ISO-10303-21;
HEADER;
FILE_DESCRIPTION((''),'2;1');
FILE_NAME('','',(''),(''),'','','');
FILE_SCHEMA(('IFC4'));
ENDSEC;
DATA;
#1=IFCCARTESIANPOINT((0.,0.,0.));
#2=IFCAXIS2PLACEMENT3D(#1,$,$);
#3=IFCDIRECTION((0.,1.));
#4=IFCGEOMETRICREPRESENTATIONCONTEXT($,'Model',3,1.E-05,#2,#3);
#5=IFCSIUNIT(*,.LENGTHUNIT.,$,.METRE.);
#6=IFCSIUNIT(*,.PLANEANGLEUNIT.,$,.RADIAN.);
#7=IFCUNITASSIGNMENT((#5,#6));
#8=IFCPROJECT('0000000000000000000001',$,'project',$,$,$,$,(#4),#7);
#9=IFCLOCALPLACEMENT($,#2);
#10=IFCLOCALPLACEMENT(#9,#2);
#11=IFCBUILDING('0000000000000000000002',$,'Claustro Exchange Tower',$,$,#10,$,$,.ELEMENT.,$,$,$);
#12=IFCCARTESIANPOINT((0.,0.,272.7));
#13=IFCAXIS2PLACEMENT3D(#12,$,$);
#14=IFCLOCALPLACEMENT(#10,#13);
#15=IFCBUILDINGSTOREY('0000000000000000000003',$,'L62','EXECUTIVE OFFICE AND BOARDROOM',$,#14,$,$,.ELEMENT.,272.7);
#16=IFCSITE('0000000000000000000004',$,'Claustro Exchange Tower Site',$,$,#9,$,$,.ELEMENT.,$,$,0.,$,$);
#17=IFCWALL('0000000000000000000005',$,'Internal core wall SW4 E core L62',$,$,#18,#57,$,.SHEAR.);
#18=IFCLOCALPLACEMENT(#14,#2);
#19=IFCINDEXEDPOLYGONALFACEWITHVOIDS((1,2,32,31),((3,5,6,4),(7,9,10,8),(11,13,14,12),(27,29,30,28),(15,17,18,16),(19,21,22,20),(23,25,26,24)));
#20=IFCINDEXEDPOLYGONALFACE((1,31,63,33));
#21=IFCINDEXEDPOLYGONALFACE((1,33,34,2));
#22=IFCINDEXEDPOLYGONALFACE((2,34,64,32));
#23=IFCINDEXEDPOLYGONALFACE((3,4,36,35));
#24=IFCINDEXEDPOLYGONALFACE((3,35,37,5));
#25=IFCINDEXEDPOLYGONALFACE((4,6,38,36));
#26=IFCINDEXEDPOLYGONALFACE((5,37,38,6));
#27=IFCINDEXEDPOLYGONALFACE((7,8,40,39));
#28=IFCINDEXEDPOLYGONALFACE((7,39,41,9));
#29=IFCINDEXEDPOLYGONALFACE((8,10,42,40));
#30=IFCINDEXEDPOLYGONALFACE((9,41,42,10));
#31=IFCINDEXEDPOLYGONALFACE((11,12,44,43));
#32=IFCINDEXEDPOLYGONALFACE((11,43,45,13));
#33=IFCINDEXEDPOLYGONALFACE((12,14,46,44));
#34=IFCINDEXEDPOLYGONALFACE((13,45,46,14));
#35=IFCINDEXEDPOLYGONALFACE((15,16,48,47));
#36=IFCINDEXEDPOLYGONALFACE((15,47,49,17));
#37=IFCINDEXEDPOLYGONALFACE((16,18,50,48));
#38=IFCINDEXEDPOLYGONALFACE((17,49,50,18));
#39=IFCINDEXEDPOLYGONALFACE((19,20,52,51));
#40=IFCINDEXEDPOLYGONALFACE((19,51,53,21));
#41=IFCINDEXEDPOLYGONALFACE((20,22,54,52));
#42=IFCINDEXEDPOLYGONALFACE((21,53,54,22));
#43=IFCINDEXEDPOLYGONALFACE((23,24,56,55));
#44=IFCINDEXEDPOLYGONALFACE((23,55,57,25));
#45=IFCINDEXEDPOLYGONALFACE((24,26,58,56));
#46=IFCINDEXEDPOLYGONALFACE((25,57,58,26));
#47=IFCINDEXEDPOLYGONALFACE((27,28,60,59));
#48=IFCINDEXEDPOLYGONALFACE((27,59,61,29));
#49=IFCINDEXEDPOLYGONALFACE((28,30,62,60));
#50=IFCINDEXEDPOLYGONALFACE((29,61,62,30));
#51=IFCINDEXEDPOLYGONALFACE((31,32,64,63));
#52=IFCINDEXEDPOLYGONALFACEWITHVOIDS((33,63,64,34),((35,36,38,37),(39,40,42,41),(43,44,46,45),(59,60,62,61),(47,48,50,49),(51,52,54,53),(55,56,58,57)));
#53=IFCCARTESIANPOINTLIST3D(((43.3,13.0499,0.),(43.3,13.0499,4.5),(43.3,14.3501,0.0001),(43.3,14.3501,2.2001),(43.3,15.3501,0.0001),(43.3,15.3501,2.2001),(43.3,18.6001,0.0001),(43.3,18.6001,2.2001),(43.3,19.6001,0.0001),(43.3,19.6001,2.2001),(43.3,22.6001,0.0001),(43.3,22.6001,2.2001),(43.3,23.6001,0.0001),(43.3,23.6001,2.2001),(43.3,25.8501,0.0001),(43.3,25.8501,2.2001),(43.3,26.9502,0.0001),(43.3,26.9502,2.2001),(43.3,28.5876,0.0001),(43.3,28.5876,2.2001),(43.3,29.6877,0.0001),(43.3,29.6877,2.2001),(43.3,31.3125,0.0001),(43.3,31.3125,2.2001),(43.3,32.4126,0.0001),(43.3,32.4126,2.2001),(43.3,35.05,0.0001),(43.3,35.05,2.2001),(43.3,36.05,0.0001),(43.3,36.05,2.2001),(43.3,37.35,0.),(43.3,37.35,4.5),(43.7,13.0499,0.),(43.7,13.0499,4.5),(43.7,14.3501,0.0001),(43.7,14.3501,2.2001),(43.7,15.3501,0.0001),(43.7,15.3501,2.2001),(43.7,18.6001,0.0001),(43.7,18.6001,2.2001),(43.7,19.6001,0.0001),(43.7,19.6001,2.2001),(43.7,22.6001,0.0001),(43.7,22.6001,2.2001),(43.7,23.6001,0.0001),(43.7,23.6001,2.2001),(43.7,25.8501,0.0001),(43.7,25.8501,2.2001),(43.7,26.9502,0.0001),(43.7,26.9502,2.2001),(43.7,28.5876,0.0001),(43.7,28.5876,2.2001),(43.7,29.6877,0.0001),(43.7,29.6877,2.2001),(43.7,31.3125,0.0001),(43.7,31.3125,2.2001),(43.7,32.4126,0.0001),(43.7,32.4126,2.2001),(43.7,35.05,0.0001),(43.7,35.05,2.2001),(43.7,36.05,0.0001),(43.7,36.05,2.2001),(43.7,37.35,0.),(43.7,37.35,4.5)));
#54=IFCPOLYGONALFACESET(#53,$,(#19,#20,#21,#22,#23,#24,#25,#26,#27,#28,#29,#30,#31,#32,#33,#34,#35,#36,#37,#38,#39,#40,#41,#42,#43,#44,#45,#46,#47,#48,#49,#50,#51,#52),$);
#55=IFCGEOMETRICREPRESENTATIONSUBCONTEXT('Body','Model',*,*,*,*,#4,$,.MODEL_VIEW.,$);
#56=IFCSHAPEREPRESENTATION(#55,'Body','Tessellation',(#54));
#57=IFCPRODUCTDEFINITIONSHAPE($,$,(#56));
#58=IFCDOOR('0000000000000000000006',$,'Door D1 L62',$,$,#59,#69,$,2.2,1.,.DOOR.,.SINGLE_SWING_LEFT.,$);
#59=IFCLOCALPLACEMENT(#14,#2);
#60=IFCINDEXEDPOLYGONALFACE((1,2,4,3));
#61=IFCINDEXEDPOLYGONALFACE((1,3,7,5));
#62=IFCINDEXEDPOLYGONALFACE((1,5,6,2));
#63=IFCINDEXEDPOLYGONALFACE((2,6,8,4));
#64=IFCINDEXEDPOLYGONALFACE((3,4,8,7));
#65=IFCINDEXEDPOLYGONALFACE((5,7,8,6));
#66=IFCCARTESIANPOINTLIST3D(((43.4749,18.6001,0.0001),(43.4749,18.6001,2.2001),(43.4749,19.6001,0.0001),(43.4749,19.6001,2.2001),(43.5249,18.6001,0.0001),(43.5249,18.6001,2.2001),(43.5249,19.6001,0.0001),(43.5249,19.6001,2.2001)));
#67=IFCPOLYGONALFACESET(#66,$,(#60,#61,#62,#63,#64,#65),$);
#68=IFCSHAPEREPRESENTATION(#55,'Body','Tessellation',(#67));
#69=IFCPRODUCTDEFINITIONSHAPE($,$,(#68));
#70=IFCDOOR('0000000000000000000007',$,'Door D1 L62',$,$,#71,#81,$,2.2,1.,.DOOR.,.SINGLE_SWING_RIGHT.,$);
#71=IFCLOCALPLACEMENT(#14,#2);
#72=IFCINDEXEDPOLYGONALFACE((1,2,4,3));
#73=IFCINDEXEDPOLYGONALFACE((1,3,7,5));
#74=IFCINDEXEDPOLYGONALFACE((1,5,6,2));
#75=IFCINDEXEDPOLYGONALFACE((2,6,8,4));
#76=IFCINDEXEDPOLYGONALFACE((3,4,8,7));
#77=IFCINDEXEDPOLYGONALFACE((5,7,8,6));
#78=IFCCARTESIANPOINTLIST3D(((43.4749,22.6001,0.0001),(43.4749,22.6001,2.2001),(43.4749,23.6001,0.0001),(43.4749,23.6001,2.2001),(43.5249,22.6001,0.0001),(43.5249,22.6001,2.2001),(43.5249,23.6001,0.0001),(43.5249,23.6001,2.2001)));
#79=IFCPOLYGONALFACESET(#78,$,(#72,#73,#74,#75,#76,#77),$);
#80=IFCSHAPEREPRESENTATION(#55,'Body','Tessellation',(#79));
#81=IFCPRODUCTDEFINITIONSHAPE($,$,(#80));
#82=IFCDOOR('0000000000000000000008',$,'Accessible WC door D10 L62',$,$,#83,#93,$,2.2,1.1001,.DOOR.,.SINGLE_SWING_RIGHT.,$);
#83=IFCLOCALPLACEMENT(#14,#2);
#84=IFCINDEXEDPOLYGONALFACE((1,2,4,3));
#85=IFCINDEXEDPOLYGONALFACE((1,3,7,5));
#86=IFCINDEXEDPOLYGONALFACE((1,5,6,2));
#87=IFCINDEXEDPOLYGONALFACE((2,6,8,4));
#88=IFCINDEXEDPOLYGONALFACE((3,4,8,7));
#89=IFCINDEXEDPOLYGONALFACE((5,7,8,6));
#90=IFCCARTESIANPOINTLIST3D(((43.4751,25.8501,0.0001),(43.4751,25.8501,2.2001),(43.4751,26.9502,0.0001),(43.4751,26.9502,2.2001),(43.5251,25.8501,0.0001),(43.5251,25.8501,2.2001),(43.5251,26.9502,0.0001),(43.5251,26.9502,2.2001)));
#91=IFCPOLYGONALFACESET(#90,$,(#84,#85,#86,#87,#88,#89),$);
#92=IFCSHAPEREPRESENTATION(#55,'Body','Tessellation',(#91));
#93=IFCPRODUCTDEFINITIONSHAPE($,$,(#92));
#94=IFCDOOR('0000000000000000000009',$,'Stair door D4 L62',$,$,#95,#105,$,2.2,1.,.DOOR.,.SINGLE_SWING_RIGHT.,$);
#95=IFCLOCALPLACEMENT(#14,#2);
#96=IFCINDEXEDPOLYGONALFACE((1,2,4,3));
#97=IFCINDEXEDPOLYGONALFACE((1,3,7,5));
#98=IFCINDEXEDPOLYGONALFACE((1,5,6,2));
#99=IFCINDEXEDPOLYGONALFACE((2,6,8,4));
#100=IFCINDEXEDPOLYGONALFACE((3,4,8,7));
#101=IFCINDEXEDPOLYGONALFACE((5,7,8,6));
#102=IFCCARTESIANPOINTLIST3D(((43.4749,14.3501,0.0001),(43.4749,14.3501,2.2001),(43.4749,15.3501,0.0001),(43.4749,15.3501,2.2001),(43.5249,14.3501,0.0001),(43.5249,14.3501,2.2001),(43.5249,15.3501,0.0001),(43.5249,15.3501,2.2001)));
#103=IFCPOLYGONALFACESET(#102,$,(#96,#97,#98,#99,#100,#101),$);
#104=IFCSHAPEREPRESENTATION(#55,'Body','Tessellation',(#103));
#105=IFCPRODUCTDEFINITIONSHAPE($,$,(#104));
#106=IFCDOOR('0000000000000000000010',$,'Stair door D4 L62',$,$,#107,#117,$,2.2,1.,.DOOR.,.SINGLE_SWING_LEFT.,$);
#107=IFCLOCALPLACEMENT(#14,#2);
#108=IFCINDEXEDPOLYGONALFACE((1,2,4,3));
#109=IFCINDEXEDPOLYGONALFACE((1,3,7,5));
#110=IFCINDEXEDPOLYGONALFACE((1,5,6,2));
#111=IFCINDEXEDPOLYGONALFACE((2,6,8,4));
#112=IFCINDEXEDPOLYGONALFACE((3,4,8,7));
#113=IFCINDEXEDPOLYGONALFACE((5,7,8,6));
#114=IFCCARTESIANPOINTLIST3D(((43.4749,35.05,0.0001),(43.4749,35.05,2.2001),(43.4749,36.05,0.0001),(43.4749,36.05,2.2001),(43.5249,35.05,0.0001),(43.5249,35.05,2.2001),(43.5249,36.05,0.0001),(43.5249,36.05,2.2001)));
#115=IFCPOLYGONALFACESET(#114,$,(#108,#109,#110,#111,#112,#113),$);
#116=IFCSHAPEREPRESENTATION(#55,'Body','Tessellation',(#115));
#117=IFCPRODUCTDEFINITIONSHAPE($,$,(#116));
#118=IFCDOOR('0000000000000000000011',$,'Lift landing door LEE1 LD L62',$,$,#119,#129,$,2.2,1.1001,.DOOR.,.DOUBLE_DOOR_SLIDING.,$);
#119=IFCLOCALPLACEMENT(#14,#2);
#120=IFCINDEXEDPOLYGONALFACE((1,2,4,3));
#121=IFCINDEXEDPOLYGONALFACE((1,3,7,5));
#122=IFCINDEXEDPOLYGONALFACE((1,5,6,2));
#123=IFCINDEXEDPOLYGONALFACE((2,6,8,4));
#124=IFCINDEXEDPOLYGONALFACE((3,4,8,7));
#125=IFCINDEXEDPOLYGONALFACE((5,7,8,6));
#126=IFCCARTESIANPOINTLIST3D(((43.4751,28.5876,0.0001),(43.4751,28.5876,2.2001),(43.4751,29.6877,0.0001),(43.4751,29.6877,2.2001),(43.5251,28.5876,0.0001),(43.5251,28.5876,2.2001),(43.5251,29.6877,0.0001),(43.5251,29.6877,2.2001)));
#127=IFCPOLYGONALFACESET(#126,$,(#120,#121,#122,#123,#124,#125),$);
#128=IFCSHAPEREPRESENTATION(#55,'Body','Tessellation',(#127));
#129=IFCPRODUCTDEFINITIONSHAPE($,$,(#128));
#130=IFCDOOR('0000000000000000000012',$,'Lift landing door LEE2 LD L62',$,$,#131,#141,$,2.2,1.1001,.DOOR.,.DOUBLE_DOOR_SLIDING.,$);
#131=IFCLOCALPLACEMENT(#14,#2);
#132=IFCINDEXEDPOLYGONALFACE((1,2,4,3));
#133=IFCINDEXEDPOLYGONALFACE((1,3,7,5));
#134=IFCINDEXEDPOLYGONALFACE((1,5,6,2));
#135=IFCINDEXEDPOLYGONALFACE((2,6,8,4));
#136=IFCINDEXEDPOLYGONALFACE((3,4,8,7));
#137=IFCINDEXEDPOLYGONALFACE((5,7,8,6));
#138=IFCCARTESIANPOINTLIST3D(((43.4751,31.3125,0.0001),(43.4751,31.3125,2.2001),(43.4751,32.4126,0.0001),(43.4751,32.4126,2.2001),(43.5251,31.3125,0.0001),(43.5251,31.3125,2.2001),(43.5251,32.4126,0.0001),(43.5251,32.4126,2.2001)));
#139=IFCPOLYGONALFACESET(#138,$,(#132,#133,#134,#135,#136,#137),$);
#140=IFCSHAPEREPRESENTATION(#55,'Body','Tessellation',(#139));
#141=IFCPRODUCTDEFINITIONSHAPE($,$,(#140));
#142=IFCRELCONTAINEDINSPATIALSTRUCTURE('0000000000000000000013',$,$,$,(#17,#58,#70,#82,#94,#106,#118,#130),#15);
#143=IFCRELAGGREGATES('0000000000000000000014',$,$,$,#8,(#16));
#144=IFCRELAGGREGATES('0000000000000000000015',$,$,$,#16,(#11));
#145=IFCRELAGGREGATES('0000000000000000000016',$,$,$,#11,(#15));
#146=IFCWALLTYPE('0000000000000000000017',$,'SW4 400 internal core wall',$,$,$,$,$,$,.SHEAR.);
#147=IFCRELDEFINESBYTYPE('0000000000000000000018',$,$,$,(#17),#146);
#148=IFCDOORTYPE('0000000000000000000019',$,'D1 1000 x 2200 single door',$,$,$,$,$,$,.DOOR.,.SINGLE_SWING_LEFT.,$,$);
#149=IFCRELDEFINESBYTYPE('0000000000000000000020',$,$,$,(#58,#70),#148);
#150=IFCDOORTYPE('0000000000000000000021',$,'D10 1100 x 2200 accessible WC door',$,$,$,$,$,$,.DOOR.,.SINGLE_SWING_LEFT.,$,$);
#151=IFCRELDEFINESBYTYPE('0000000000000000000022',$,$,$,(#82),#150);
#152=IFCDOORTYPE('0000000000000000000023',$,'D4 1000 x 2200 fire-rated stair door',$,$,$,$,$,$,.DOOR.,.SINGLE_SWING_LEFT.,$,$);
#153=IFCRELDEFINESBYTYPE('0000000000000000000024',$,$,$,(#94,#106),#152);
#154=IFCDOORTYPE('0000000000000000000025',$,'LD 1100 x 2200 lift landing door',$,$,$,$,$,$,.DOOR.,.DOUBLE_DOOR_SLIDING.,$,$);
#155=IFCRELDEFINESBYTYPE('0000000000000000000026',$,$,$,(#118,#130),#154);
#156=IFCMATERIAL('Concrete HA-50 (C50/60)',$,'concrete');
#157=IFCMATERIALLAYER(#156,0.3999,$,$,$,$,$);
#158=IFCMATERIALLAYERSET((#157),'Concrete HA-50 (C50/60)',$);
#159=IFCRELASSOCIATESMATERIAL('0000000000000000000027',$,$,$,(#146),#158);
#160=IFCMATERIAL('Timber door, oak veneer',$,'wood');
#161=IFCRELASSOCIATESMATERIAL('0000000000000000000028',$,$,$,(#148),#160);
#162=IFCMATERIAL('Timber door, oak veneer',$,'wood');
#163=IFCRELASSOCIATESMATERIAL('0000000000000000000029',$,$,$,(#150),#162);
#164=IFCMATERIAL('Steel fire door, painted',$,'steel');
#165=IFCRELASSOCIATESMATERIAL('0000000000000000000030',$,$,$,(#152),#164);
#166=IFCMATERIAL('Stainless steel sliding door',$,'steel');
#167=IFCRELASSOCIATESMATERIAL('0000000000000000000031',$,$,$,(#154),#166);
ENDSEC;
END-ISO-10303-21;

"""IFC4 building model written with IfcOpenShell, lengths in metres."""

from ifc_helpers import new_model, si_unit, direction, frame, frame_2d, origin, place, context, subcontext, project, spatial, rectangle, extrude, material, layer, layer_set, type_object, element, fill, save


model = new_model("IFC4")

# Units and contexts
model_context = context("Model", 3, precision=1e-05, world=origin(), true_north=direction((0.0, 1.0)))
body_context = subcontext(model_context, "Body", "Model", "MODEL_VIEW")
ifc_project = project(units=[si_unit("LENGTHUNIT", "METRE"), si_unit("PLANEANGLEUNIT", "RADIAN")], contexts=[model_context])

# Site, building, storey
site_placement = place(None, origin())
site = spatial("IfcSite", under=ifc_project, at=site_placement, Name="Claustro Exchange Tower Site", CompositionType="ELEMENT", RefElevation=0.0)
building_placement = place(site_placement, origin())
building = spatial("IfcBuilding", under=site, at=building_placement, Name="Claustro Exchange Tower", CompositionType="ELEMENT")
storey_placement = place(building_placement, frame((0.0, 0.0, 272.7)))
storey = spatial("IfcBuildingStorey", under=building, at=storey_placement, Name="L62", Description="EXECUTIVE OFFICE AND BOARDROOM", CompositionType="ELEMENT", Elevation=272.7)

# Wall, openings, doors
ifc_material_1 = material(Name="Concrete HA-50 (C50/60)", Category="concrete")
ifc_layer_1 = layer(ifc_material_1, 0.3999)
ifc_layer_set_1 = layer_set([ifc_layer_1], Name="Concrete HA-50 (C50/60)")
wall_type_1 = type_object("IfcWallType", Name="SW4 400 internal core wall", PredefinedType="SHEAR", material=ifc_layer_set_1)
wall_1_placement = place(storey_placement, frame((43.5, 13.05, 0.0), z_axis=(0.0, 0.0, 1.0), x_axis=(0.0, 1.0, 0.0)))
wall_1 = element("IfcWall", 1, at=wall_1_placement, inside=storey, type_object=wall_type_1, Name="Internal core wall SW4 E core L62", PredefinedType="SHEAR", context=body_context, shape_type="SweptSolid", body=[
    extrude(rectangle(XDim=24.3, YDim=0.3999, at=frame_2d((12.1499, 0.0))), origin(), (0.0, 0.0, 1.0), 4.5),
])
opening_1_placement = place(wall_1_placement, frame((1.3, 0.0, 0.0)))
opening_1 = element("IfcOpeningElement", 2, at=opening_1_placement, cuts=wall_1, PredefinedType="OPENING", context=body_context, shape_type="SweptSolid", body=[
    extrude(rectangle(XDim=1.0, YDim=2.2, at=frame_2d((0.5, 1.1001))), frame((0.0, 0.21, 0.0), z_axis=(0.0, -1.0, 0.0), x_axis=(1.0, 0.0, 0.0)), (0.0, 0.0, 1.0), 0.4199),
])
opening_2_placement = place(wall_1_placement, frame((22.0, 0.0, 0.0)))
opening_2 = element("IfcOpeningElement", 3, at=opening_2_placement, cuts=wall_1, PredefinedType="OPENING", context=body_context, shape_type="SweptSolid", body=[
    extrude(rectangle(XDim=1.0, YDim=2.2, at=frame_2d((0.5, 1.1001))), frame((0.0, 0.21, 0.0), z_axis=(0.0, -1.0, 0.0), x_axis=(1.0, 0.0, 0.0)), (0.0, 0.0, 1.0), 0.4199),
])
opening_3_placement = place(wall_1_placement, frame((5.55, 0.0, 0.0)))
opening_3 = element("IfcOpeningElement", 4, at=opening_3_placement, cuts=wall_1, PredefinedType="OPENING", context=body_context, shape_type="SweptSolid", body=[
    extrude(rectangle(XDim=1.0, YDim=2.2, at=frame_2d((0.5, 1.1001))), frame((0.0, 0.21, 0.0), z_axis=(0.0, -1.0, 0.0), x_axis=(1.0, 0.0, 0.0)), (0.0, 0.0, 1.0), 0.4199),
])
opening_4_placement = place(wall_1_placement, frame((9.55, 0.0, 0.0)))
opening_4 = element("IfcOpeningElement", 5, at=opening_4_placement, cuts=wall_1, PredefinedType="OPENING", context=body_context, shape_type="SweptSolid", body=[
    extrude(rectangle(XDim=1.0, YDim=2.2, at=frame_2d((0.5, 1.1001))), frame((0.0, 0.21, 0.0), z_axis=(0.0, -1.0, 0.0), x_axis=(1.0, 0.0, 0.0)), (0.0, 0.0, 1.0), 0.4199),
])
opening_5_placement = place(wall_1_placement, frame((12.8, 0.0, 0.0)))
opening_5 = element("IfcOpeningElement", 6, at=opening_5_placement, cuts=wall_1, PredefinedType="OPENING", context=body_context, shape_type="SweptSolid", body=[
    extrude(rectangle(XDim=1.1001, YDim=2.2, at=frame_2d((0.55, 1.1001))), frame((0.0, 0.21, 0.0), z_axis=(0.0, -1.0, 0.0), x_axis=(1.0, 0.0, 0.0)), (0.0, 0.0, 1.0), 0.4199),
])
opening_6_placement = place(wall_1_placement, frame((15.5376, 0.0, 0.0)))
opening_6 = element("IfcOpeningElement", 7, at=opening_6_placement, cuts=wall_1, PredefinedType="OPENING", context=body_context, shape_type="SweptSolid", body=[
    extrude(rectangle(XDim=1.1001, YDim=2.2, at=frame_2d((0.55, 1.1001))), frame((0.0, 0.21, 0.0), z_axis=(0.0, -1.0, 0.0), x_axis=(1.0, 0.0, 0.0)), (0.0, 0.0, 1.0), 0.4199),
])
opening_7_placement = place(wall_1_placement, frame((18.2625, 0.0, 0.0)))
opening_7 = element("IfcOpeningElement", 8, at=opening_7_placement, cuts=wall_1, PredefinedType="OPENING", context=body_context, shape_type="SweptSolid", body=[
    extrude(rectangle(XDim=1.1001, YDim=2.2, at=frame_2d((0.55, 1.1001))), frame((0.0, 0.21, 0.0), z_axis=(0.0, -1.0, 0.0), x_axis=(1.0, 0.0, 0.0)), (0.0, 0.0, 1.0), 0.4199),
])
ifc_material_2 = material(Name="Timber door, oak veneer", Category="wood")
door_type_1 = type_object("IfcDoorType", Name="D1 1000 x 2200 single door", OperationType="SINGLE_SWING_LEFT", PredefinedType="DOOR", material=ifc_material_2)
door_1_placement = place(opening_3_placement, frame((1.0, 0.0, 0.0), z_axis=(0.0, 0.0, 1.0), x_axis=(-1.0, 0.0, 0.0)))
door_1 = element("IfcDoor", 9, at=door_1_placement, inside=storey, type_object=door_type_1, Name="Door D1 L62", OperationType="SINGLE_SWING_LEFT", OverallHeight=2.2, OverallWidth=1.0, PredefinedType="DOOR", context=body_context, shape_type="SweptSolid", body=[
    extrude(rectangle(XDim=1.0, YDim=2.2, at=frame_2d((0.5, 1.1001))), frame((0.0, 0.0249, 0.0), z_axis=(0.0, -1.0, 0.0), x_axis=(1.0, 0.0, 0.0)), (0.0, 0.0, 1.0), 0.05),
])
fill(opening_3, door_1)
door_2_placement = place(opening_4_placement, frame((1.0, 0.0, 0.0), z_axis=(0.0, 0.0, 1.0), x_axis=(-1.0, 0.0, 0.0)))
door_2 = element("IfcDoor", 10, at=door_2_placement, inside=storey, type_object=door_type_1, Name="Door D1 L62", OperationType="SINGLE_SWING_RIGHT", OverallHeight=2.2, OverallWidth=1.0, PredefinedType="DOOR", context=body_context, shape_type="SweptSolid", body=[
    extrude(rectangle(XDim=1.0, YDim=2.2, at=frame_2d((0.5, 1.1001))), frame((0.0, 0.0249, 0.0), z_axis=(0.0, -1.0, 0.0), x_axis=(1.0, 0.0, 0.0)), (0.0, 0.0, 1.0), 0.05),
])
fill(opening_4, door_2)
ifc_material_3 = material(Name="Timber door, oak veneer", Category="wood")
door_type_2 = type_object("IfcDoorType", Name="D10 1100 x 2200 accessible WC door", OperationType="SINGLE_SWING_LEFT", PredefinedType="DOOR", material=ifc_material_3)
door_3_placement = place(opening_5_placement, origin())
door_3 = element("IfcDoor", 11, at=door_3_placement, inside=storey, type_object=door_type_2, Name="Accessible WC door D10 L62", OperationType="SINGLE_SWING_RIGHT", OverallHeight=2.2, OverallWidth=1.1001, PredefinedType="DOOR", context=body_context, shape_type="SweptSolid", body=[
    extrude(rectangle(XDim=1.1001, YDim=2.2, at=frame_2d((0.55, 1.1001))), frame((0.0, 0.0249, 0.0), z_axis=(0.0, -1.0, 0.0), x_axis=(1.0, 0.0, 0.0)), (0.0, 0.0, 1.0), 0.05),
])
fill(opening_5, door_3)
ifc_material_4 = material(Name="Steel fire door, painted", Category="steel")
door_type_3 = type_object("IfcDoorType", Name="D4 1000 x 2200 fire-rated stair door", OperationType="SINGLE_SWING_LEFT", PredefinedType="DOOR", material=ifc_material_4)
door_4_placement = place(opening_1_placement, frame((1.0, 0.0, 0.0), z_axis=(0.0, 0.0, 1.0), x_axis=(-1.0, 0.0, 0.0)))
door_4 = element("IfcDoor", 12, at=door_4_placement, inside=storey, type_object=door_type_3, Name="Stair door D4 L62", OperationType="SINGLE_SWING_RIGHT", OverallHeight=2.2, OverallWidth=1.0, PredefinedType="DOOR", context=body_context, shape_type="SweptSolid", body=[
    extrude(rectangle(XDim=1.0, YDim=2.2, at=frame_2d((0.5, 1.1001))), frame((0.0, 0.0249, 0.0), z_axis=(0.0, -1.0, 0.0), x_axis=(1.0, 0.0, 0.0)), (0.0, 0.0, 1.0), 0.05),
])
fill(opening_1, door_4)
door_5_placement = place(opening_2_placement, frame((1.0, 0.0, 0.0), z_axis=(0.0, 0.0, 1.0), x_axis=(-1.0, 0.0, 0.0)))
door_5 = element("IfcDoor", 13, at=door_5_placement, inside=storey, type_object=door_type_3, Name="Stair door D4 L62", OperationType="SINGLE_SWING_LEFT", OverallHeight=2.2, OverallWidth=1.0, PredefinedType="DOOR", context=body_context, shape_type="SweptSolid", body=[
    extrude(rectangle(XDim=1.0, YDim=2.2, at=frame_2d((0.5, 1.1001))), frame((0.0, 0.0249, 0.0), z_axis=(0.0, -1.0, 0.0), x_axis=(1.0, 0.0, 0.0)), (0.0, 0.0, 1.0), 0.05),
])
fill(opening_2, door_5)
ifc_material_5 = material(Name="Stainless steel sliding door", Category="steel")
door_type_4 = type_object("IfcDoorType", Name="LD 1100 x 2200 lift landing door", OperationType="DOUBLE_DOOR_SLIDING", PredefinedType="DOOR", material=ifc_material_5)
door_6_placement = place(opening_6_placement, origin())
door_6 = element("IfcDoor", 14, at=door_6_placement, inside=storey, type_object=door_type_4, Name="Lift landing door LEE1 LD L62", OperationType="DOUBLE_DOOR_SLIDING", OverallHeight=2.2, OverallWidth=1.1001, PredefinedType="DOOR", context=body_context, shape_type="SweptSolid", body=[
    extrude(rectangle(XDim=1.1001, YDim=2.2, at=frame_2d((0.55, 1.1001))), frame((0.0, 0.0249, 0.0), z_axis=(0.0, -1.0, 0.0), x_axis=(1.0, 0.0, 0.0)), (0.0, 0.0, 1.0), 0.05),
])
fill(opening_6, door_6)
door_7_placement = place(opening_7_placement, origin())
door_7 = element("IfcDoor", 15, at=door_7_placement, inside=storey, type_object=door_type_4, Name="Lift landing door LEE2 LD L62", OperationType="DOUBLE_DOOR_SLIDING", OverallHeight=2.2, OverallWidth=1.1001, PredefinedType="DOOR", context=body_context, shape_type="SweptSolid", body=[
    extrude(rectangle(XDim=1.1001, YDim=2.2, at=frame_2d((0.55, 1.1001))), frame((0.0, 0.0249, 0.0), z_axis=(0.0, -1.0, 0.0), x_axis=(1.0, 0.0, 0.0)), (0.0, 0.0, 1.0), 0.05),
])
fill(opening_7, door_7)

save(model, "model.ifc")
